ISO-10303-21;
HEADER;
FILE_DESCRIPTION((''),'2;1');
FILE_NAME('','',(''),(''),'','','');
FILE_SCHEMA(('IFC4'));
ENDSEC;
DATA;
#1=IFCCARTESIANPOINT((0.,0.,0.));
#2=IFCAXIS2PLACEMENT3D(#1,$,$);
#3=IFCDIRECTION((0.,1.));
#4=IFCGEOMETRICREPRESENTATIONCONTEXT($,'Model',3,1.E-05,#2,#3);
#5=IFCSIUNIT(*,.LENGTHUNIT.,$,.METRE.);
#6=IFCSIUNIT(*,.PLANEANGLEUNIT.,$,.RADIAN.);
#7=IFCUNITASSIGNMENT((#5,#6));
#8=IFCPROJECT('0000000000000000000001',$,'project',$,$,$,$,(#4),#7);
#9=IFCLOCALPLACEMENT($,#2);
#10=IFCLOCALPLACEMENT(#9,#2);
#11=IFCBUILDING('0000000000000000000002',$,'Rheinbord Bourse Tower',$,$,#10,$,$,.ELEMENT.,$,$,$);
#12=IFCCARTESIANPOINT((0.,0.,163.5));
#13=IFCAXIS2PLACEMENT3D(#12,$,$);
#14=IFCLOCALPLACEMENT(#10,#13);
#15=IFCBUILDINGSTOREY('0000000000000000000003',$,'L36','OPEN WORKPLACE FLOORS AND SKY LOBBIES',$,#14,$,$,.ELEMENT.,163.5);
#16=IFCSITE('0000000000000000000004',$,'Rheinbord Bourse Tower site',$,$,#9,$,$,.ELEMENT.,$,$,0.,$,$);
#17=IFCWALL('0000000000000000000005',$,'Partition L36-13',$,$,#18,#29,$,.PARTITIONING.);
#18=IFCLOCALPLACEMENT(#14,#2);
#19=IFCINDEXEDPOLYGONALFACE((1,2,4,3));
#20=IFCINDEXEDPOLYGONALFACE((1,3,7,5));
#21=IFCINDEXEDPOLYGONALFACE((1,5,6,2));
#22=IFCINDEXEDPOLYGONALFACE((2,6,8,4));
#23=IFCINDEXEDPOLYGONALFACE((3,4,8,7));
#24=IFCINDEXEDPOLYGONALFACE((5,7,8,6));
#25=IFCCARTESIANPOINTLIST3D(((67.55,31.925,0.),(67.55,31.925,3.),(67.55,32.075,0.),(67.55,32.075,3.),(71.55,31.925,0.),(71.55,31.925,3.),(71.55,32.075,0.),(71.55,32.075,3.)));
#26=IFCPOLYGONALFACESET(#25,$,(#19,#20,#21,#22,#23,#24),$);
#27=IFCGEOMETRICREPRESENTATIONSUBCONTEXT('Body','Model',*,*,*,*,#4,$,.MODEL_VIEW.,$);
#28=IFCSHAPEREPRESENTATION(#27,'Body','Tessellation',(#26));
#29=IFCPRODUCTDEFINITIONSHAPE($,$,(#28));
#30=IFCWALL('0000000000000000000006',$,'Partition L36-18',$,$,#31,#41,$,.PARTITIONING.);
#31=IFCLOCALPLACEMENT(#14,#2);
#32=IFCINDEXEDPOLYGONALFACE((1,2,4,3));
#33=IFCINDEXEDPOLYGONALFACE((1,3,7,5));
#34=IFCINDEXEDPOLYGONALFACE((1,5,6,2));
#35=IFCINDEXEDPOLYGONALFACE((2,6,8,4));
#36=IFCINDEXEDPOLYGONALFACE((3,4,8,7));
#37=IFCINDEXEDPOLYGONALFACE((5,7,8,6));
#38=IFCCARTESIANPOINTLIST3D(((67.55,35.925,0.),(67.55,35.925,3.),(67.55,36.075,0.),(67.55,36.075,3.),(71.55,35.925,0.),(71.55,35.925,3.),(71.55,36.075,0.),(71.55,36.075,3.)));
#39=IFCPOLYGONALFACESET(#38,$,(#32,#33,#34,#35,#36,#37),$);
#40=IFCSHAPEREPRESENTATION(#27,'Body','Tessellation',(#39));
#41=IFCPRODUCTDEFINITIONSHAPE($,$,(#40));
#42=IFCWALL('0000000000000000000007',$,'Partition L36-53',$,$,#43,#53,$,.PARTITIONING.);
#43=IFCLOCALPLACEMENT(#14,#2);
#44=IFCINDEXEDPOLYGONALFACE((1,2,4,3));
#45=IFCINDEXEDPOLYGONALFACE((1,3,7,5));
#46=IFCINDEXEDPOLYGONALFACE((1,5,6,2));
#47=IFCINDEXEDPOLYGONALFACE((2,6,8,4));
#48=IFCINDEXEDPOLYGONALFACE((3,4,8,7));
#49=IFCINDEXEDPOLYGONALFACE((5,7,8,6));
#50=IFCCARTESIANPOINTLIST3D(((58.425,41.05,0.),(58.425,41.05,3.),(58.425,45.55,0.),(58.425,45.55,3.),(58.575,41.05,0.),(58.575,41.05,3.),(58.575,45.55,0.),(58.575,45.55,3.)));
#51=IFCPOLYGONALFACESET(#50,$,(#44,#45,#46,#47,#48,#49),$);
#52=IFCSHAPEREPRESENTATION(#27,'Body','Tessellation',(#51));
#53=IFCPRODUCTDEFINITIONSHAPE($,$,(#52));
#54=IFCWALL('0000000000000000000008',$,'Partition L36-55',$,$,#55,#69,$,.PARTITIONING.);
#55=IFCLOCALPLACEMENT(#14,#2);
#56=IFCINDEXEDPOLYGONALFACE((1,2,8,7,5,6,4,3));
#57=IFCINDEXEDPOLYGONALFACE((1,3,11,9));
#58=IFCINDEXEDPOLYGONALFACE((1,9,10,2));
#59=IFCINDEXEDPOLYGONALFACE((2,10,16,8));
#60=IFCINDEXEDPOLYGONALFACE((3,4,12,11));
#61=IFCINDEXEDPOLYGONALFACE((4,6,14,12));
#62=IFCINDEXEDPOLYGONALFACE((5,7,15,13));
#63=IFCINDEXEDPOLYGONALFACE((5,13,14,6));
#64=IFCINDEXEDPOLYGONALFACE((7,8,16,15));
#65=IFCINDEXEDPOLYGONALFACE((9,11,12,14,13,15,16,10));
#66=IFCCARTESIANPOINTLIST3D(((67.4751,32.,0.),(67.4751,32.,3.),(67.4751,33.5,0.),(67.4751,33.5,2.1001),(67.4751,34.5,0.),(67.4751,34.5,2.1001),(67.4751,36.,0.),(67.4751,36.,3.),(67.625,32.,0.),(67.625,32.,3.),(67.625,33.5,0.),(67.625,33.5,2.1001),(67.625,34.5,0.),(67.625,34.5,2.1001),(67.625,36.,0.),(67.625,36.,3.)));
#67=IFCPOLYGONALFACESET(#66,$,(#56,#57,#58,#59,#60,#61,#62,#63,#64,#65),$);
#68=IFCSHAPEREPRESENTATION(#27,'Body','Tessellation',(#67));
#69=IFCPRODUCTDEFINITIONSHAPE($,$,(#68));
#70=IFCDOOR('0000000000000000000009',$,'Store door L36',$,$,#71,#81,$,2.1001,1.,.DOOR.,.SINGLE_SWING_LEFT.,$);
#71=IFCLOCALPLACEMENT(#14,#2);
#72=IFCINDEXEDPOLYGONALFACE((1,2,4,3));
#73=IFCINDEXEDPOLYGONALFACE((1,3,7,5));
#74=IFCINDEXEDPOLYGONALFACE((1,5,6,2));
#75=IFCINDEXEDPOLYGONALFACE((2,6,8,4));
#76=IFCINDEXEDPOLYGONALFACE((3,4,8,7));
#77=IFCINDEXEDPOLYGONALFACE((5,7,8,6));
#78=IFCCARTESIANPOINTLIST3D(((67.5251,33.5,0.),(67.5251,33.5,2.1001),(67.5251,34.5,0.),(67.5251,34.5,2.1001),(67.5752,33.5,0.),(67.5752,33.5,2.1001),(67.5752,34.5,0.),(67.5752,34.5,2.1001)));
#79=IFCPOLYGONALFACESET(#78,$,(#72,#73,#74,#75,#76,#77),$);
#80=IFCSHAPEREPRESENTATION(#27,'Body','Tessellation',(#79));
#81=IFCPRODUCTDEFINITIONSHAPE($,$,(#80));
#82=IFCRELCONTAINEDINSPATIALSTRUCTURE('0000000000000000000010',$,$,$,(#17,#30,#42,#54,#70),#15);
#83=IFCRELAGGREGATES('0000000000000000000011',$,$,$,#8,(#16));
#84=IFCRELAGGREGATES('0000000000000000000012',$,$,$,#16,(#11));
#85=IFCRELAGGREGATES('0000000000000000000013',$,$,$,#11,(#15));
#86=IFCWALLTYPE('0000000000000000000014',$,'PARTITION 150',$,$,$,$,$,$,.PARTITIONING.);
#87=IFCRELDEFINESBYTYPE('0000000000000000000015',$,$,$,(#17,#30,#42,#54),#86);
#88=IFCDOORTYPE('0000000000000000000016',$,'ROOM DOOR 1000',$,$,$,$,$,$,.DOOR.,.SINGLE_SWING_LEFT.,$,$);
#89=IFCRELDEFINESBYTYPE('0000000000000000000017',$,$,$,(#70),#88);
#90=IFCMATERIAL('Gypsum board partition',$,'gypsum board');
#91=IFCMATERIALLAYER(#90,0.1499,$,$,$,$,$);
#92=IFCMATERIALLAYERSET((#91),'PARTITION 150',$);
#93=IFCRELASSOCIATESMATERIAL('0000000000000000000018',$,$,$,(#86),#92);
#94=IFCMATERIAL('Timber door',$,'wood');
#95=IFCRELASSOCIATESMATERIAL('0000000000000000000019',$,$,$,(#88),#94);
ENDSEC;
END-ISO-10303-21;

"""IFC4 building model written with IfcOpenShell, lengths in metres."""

from ifc_helpers import new_model, si_unit, direction, frame, frame_2d, origin, place, context, subcontext, project, spatial, rectangle, extrude, material, layer, layer_set, type_object, element, fill, save


model = new_model("IFC4")

# Units and contexts
model_context = context("Model", 3, precision=1e-05, world=origin(), true_north=direction((0.0, 1.0)))
body_context = subcontext(model_context, "Body", "Model", "MODEL_VIEW")
ifc_project = project(units=[si_unit("LENGTHUNIT", "METRE"), si_unit("PLANEANGLEUNIT", "RADIAN")], contexts=[model_context])

# Site, building, storey
site_placement = place(None, origin())
site = spatial("IfcSite", under=ifc_project, at=site_placement, Name="Rheinbord Bourse Tower site", CompositionType="ELEMENT", RefElevation=0.0)
building_placement = place(site_placement, origin())
building = spatial("IfcBuilding", under=site, at=building_placement, Name="Rheinbord Bourse Tower", CompositionType="ELEMENT")
storey_placement = place(building_placement, frame((0.0, 0.0, 163.5)))
storey = spatial("IfcBuildingStorey", under=building, at=storey_placement, Name="L36", Description="OPEN WORKPLACE FLOORS AND SKY LOBBIES", CompositionType="ELEMENT", Elevation=163.5)

# Walls
ifc_material_1 = material(Name="Gypsum board partition", Category="gypsum board")
ifc_layer_1 = layer(ifc_material_1, 0.1499)
ifc_layer_set_1 = layer_set([ifc_layer_1], Name="PARTITION 150")
wall_type_1 = type_object("IfcWallType", Name="PARTITION 150", PredefinedType="PARTITIONING", material=ifc_layer_set_1)
for number, where, z_axis, x_axis, name in (
    (1, (67.55, 32.0, 0.0), (0.0, 0.0, 1.0), (1.0, 0.0, 0.0), "Partition L36-13"),
    (2, (67.55, 36.0, 0.0), (0.0, 0.0, 1.0), (1.0, 0.0, 0.0), "Partition L36-18"),
):
    element("IfcWall", number, at=place(storey_placement, frame(where, z_axis=z_axis, x_axis=x_axis)), inside=storey, type_object=wall_type_1, Name=name, PredefinedType="PARTITIONING", context=body_context, shape_type="SweptSolid", body=[
        extrude(rectangle(XDim=4.0, YDim=0.1499, at=frame_2d((2.0, 0.0))), origin(), (0.0, 0.0, 1.0), 3.0),
    ])
wall_1_placement = place(storey_placement, frame((58.5, 41.05, 0.0), z_axis=(0.0, 0.0, 1.0), x_axis=(0.0, 1.0, 0.0)))
element("IfcWall", 3, at=wall_1_placement, inside=storey, type_object=wall_type_1, Name="Partition L36-53", PredefinedType="PARTITIONING", context=body_context, shape_type="SweptSolid", body=[
    extrude(rectangle(XDim=4.5, YDim=0.1499, at=frame_2d((2.25, 0.0))), origin(), (0.0, 0.0, 1.0), 3.0),
])

# Wall, opening, door
wall_2_placement = place(storey_placement, frame((67.55, 32.0, 0.0), z_axis=(0.0, 0.0, 1.0), x_axis=(0.0, 1.0, 0.0)))
wall_2 = element("IfcWall", 4, at=wall_2_placement, inside=storey, type_object=wall_type_1, Name="Partition L36-55", PredefinedType="PARTITIONING", context=body_context, shape_type="SweptSolid", body=[
    extrude(rectangle(XDim=4.0, YDim=0.1499, at=frame_2d((2.0, 0.0))), origin(), (0.0, 0.0, 1.0), 3.0),
])
opening_placement = place(wall_2_placement, frame((1.5, 0.0, 0.0)))
opening = element("IfcOpeningElement", 5, at=opening_placement, cuts=wall_2, PredefinedType="OPENING", context=body_context, shape_type="SweptSolid", body=[
    extrude(rectangle(XDim=1.0, YDim=2.1001, at=frame_2d((0.5, 1.05))), frame((0.0, 0.085, 0.0), z_axis=(0.0, -1.0, 0.0), x_axis=(1.0, 0.0, 0.0)), (0.0, 0.0, 1.0), 0.1699),
])
ifc_material_2 = material(Name="Timber door", Category="wood")
door_type = type_object("IfcDoorType", Name="ROOM DOOR 1000", OperationType="SINGLE_SWING_LEFT", PredefinedType="DOOR", material=ifc_material_2)
door_placement = place(opening_placement, origin())
door = element("IfcDoor", 6, at=door_placement, inside=storey, type_object=door_type, Name="Store door L36", OperationType="SINGLE_SWING_LEFT", OverallHeight=2.1001, OverallWidth=1.0, PredefinedType="DOOR", context=body_context, shape_type="SweptSolid", body=[
    extrude(rectangle(XDim=1.0, YDim=2.1001, at=frame_2d((0.5, 1.05))), frame((0.0, 0.0249, 0.0), z_axis=(0.0, -1.0, 0.0), x_axis=(1.0, 0.0, 0.0)), (0.0, 0.0, 1.0), 0.05),
])
fill(opening, door)

save(model, "model.ifc")
